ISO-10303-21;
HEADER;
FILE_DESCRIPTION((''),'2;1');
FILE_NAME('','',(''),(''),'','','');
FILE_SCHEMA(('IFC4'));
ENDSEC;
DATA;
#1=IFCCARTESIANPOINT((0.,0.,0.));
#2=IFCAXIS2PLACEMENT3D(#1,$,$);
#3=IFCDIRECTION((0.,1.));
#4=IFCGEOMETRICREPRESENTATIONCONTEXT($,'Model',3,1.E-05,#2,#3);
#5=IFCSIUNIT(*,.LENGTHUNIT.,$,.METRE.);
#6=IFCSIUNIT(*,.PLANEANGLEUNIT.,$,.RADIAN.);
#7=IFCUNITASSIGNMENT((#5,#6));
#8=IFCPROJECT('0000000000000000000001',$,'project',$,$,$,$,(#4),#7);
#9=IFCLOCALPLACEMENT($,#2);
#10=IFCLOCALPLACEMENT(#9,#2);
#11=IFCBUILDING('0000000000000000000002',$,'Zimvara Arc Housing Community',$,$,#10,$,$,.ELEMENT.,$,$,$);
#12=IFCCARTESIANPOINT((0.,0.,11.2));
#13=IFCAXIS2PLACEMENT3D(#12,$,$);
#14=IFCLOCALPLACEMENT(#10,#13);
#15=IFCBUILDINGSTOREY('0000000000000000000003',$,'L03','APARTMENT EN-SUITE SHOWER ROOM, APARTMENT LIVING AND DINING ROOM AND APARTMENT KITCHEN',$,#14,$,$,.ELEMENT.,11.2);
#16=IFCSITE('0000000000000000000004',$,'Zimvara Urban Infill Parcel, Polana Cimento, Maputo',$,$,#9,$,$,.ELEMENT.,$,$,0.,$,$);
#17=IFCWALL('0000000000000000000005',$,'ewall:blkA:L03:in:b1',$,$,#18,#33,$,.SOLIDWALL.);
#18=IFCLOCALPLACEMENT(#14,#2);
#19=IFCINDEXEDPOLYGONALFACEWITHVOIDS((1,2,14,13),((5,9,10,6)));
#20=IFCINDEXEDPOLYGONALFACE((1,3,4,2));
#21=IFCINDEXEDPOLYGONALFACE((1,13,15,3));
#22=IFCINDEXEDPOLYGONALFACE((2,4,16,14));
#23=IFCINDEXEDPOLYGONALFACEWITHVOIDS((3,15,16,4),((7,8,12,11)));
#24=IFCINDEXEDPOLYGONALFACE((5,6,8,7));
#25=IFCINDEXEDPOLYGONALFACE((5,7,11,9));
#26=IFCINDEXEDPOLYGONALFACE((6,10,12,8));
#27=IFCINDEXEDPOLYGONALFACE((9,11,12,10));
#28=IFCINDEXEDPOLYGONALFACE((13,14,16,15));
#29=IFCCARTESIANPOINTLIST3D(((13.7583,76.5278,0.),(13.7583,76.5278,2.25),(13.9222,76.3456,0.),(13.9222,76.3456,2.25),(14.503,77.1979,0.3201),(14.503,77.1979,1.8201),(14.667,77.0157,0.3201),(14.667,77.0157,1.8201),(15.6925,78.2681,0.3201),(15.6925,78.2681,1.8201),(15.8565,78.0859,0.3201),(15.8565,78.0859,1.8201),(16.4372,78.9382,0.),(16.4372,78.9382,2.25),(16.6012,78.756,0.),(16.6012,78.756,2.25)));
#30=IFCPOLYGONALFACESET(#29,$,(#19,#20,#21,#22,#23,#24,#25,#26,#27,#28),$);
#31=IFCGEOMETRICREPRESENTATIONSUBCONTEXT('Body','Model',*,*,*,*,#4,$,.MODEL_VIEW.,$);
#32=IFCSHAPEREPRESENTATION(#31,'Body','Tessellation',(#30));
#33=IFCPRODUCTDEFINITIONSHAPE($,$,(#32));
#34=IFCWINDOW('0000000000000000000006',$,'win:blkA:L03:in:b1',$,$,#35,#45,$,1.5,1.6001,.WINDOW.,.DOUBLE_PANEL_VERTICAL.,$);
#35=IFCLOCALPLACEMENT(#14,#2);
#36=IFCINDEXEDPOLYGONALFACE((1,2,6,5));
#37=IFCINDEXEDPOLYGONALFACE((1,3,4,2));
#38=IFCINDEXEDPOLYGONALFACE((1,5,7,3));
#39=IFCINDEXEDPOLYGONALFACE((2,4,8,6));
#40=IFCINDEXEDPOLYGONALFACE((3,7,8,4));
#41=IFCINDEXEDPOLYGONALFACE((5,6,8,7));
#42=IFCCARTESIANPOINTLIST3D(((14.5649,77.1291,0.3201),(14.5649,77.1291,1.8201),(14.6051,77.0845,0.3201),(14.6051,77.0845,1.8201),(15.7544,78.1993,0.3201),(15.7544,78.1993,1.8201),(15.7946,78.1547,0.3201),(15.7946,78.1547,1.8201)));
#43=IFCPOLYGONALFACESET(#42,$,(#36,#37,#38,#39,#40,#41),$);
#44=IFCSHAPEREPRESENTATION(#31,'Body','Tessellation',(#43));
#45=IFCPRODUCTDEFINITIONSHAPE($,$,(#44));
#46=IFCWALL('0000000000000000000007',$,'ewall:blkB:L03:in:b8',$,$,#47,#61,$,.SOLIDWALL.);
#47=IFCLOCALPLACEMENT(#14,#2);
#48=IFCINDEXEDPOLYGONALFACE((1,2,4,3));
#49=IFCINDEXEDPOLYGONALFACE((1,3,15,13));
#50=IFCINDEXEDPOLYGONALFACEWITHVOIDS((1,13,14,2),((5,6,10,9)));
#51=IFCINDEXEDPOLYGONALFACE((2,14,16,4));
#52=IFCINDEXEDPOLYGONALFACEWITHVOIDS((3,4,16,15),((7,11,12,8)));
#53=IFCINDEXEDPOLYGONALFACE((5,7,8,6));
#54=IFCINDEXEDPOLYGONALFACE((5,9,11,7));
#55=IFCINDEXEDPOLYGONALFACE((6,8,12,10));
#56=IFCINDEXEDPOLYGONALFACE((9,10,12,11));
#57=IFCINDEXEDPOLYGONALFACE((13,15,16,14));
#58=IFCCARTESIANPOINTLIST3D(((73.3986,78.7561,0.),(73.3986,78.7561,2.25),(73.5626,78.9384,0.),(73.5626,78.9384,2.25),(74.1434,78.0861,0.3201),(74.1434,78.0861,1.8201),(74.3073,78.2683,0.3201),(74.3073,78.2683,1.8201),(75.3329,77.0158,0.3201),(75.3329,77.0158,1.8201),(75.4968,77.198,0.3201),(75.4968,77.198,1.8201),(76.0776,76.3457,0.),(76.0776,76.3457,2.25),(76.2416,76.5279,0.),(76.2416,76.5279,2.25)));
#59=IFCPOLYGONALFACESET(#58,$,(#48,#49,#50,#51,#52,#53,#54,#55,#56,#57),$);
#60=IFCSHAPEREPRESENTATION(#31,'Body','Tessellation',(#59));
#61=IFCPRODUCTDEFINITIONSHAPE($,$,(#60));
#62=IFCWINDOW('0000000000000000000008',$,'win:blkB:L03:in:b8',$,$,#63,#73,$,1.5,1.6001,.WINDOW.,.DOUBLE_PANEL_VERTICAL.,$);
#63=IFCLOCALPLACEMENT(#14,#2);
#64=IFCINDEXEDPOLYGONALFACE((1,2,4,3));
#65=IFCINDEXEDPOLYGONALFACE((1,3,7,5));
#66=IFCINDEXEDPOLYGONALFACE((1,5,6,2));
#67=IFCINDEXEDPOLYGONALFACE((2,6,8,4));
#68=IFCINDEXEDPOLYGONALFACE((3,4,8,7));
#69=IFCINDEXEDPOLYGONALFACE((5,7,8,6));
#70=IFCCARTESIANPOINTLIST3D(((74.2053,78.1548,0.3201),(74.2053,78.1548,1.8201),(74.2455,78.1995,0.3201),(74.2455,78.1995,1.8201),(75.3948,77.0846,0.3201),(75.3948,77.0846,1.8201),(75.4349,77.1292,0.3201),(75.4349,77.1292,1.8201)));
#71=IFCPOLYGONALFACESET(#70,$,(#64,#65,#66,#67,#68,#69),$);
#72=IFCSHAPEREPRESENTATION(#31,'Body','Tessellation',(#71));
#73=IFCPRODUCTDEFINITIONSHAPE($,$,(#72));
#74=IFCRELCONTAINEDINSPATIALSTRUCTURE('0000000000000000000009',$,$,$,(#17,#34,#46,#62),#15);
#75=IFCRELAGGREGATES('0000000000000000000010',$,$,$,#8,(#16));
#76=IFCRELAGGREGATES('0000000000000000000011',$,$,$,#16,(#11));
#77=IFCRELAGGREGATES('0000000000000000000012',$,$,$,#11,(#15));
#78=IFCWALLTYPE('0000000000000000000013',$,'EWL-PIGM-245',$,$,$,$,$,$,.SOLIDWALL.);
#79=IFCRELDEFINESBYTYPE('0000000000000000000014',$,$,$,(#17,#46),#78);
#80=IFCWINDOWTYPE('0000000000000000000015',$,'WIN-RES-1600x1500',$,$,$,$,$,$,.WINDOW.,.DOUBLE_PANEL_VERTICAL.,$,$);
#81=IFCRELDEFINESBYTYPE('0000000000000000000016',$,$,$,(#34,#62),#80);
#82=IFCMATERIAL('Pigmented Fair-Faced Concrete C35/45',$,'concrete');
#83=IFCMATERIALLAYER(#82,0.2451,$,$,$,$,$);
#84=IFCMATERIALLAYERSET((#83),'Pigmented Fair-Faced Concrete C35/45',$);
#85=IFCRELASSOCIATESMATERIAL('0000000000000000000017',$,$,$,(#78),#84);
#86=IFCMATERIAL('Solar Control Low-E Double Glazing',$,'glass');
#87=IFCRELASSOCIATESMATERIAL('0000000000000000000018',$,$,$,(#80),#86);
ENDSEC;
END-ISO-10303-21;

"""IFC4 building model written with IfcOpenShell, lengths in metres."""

from ifc_helpers import new_model, si_unit, direction, frame, frame_2d, origin, place, context, subcontext, project, spatial, rectangle, extrude, material, layer, layer_set, type_object, element, fill, save


model = new_model("IFC4")

# Units and contexts
model_context = context("Model", 3, precision=1e-05, world=origin(), true_north=direction((0.0, 1.0)))
body_context = subcontext(model_context, "Body", "Model", "MODEL_VIEW")
ifc_project = project(units=[si_unit("LENGTHUNIT", "METRE"), si_unit("PLANEANGLEUNIT", "RADIAN")], contexts=[model_context])

# Site, building, storey
site_placement = place(None, origin())
site = spatial("IfcSite", under=ifc_project, at=site_placement, Name="Zimvara Urban Infill Parcel, Polana Cimento, Maputo", CompositionType="ELEMENT", RefElevation=0.0)
building_placement = place(site_placement, origin())
building = spatial("IfcBuilding", under=site, at=building_placement, Name="Zimvara Arc Housing Community", CompositionType="ELEMENT")
storey_placement = place(building_placement, frame((0.0, 0.0, 11.2)))
storey = spatial("IfcBuildingStorey", under=building, at=storey_placement, Name="L03", Description="APARTMENT EN-SUITE SHOWER ROOM, APARTMENT LIVING AND DINING ROOM AND APARTMENT KITCHEN", CompositionType="ELEMENT", Elevation=11.2)

# Walls, openings, windows
ifc_material_1 = material(Name="Pigmented Fair-Faced Concrete C35/45", Category="concrete")
ifc_layer_1 = layer(ifc_material_1, 0.2451)
ifc_layer_set_1 = layer_set([ifc_layer_1], Name="Pigmented Fair-Faced Concrete C35/45")
wall_type = type_object("IfcWallType", Name="EWL-PIGM-245", PredefinedType="SOLIDWALL", material=ifc_layer_set_1)
wall_1_placement = place(storey_placement, frame((13.8403, 76.4368, 0.0), z_axis=(0.0, 0.0, 1.0), x_axis=(0.743385, 0.668864, 0.0)))
wall_1 = element("IfcWall", 1, at=wall_1_placement, inside=storey, type_object=wall_type, Name="ewall:blkA:L03:in:b1", PredefinedType="SOLIDWALL", context=body_context, shape_type="SweptSolid", body=[
    extrude(rectangle(XDim=3.6038, YDim=0.2451, at=frame_2d((1.8018, 0.0))), origin(), (0.0, 0.0, 1.0), 2.25),
])
opening_1_placement = place(wall_1_placement, frame((1.0017, 0.0, 0.3201)))
opening_1 = element("IfcOpeningElement", 2, at=opening_1_placement, cuts=wall_1, PredefinedType="OPENING", context=body_context, shape_type="SweptSolid", body=[
    extrude(rectangle(XDim=1.6001, YDim=1.5, at=frame_2d((0.8, 0.75))), frame((0.0, 0.1326, 0.0), z_axis=(0.0, -1.0, 0.0), x_axis=(1.0, 0.0, 0.0)), (0.0, 0.0, 1.0), 0.2651),
])
ifc_material_2 = material(Name="Solar Control Low-E Double Glazing", Category="glass")
window_type = type_object("IfcWindowType", Name="WIN-RES-1600x1500", PartitioningType="DOUBLE_PANEL_VERTICAL", PredefinedType="WINDOW", material=ifc_material_2)
window_1_placement = place(opening_1_placement, origin())
window_1 = element("IfcWindow", 3, at=window_1_placement, inside=storey, type_object=window_type, Name="win:blkA:L03:in:b1", OverallHeight=1.5, OverallWidth=1.6001, PartitioningType="DOUBLE_PANEL_VERTICAL", PredefinedType="WINDOW", context=body_context, shape_type="SweptSolid", body=[
    extrude(rectangle(XDim=1.6001, YDim=1.5, at=frame_2d((0.8, 0.75))), frame((0.0, 0.03, 0.0), z_axis=(0.0, -1.0, 0.0), x_axis=(1.0, 0.0, 0.0)), (0.0, 0.0, 1.0), 0.0601),
])
fill(opening_1, window_1)
wall_2_placement = place(storey_placement, frame((73.4807, 78.8472, 0.0), z_axis=(0.0, 0.0, 1.0), x_axis=(0.743385, -0.668864, 0.0)))
wall_2 = element("IfcWall", 4, at=wall_2_placement, inside=storey, type_object=wall_type, Name="ewall:blkB:L03:in:b8", PredefinedType="SOLIDWALL", context=body_context, shape_type="SweptSolid", body=[
    extrude(rectangle(XDim=3.6038, YDim=0.2451, at=frame_2d((1.8018, 0.0))), origin(), (0.0, 0.0, 1.0), 2.25),
])
opening_2_placement = place(wall_2_placement, frame((1.0017, 0.0, 0.3201)))
opening_2 = element("IfcOpeningElement", 5, at=opening_2_placement, cuts=wall_2, PredefinedType="OPENING", context=body_context, shape_type="SweptSolid", body=[
    extrude(rectangle(XDim=1.6001, YDim=1.5, at=frame_2d((0.8, 0.75))), frame((0.0, 0.1326, 0.0), z_axis=(0.0, -1.0, 0.0), x_axis=(1.0, 0.0, 0.0)), (0.0, 0.0, 1.0), 0.2651),
])
window_2_placement = place(opening_2_placement, origin())
window_2 = element("IfcWindow", 6, at=window_2_placement, inside=storey, type_object=window_type, Name="win:blkB:L03:in:b8", OverallHeight=1.5, OverallWidth=1.6001, PartitioningType="DOUBLE_PANEL_VERTICAL", PredefinedType="WINDOW", context=body_context, shape_type="SweptSolid", body=[
    extrude(rectangle(XDim=1.6001, YDim=1.5, at=frame_2d((0.8, 0.75))), frame((0.0, 0.03, 0.0), z_axis=(0.0, -1.0, 0.0), x_axis=(1.0, 0.0, 0.0)), (0.0, 0.0, 1.0), 0.0601),
])
fill(opening_2, window_2)

save(model, "model.ifc")
